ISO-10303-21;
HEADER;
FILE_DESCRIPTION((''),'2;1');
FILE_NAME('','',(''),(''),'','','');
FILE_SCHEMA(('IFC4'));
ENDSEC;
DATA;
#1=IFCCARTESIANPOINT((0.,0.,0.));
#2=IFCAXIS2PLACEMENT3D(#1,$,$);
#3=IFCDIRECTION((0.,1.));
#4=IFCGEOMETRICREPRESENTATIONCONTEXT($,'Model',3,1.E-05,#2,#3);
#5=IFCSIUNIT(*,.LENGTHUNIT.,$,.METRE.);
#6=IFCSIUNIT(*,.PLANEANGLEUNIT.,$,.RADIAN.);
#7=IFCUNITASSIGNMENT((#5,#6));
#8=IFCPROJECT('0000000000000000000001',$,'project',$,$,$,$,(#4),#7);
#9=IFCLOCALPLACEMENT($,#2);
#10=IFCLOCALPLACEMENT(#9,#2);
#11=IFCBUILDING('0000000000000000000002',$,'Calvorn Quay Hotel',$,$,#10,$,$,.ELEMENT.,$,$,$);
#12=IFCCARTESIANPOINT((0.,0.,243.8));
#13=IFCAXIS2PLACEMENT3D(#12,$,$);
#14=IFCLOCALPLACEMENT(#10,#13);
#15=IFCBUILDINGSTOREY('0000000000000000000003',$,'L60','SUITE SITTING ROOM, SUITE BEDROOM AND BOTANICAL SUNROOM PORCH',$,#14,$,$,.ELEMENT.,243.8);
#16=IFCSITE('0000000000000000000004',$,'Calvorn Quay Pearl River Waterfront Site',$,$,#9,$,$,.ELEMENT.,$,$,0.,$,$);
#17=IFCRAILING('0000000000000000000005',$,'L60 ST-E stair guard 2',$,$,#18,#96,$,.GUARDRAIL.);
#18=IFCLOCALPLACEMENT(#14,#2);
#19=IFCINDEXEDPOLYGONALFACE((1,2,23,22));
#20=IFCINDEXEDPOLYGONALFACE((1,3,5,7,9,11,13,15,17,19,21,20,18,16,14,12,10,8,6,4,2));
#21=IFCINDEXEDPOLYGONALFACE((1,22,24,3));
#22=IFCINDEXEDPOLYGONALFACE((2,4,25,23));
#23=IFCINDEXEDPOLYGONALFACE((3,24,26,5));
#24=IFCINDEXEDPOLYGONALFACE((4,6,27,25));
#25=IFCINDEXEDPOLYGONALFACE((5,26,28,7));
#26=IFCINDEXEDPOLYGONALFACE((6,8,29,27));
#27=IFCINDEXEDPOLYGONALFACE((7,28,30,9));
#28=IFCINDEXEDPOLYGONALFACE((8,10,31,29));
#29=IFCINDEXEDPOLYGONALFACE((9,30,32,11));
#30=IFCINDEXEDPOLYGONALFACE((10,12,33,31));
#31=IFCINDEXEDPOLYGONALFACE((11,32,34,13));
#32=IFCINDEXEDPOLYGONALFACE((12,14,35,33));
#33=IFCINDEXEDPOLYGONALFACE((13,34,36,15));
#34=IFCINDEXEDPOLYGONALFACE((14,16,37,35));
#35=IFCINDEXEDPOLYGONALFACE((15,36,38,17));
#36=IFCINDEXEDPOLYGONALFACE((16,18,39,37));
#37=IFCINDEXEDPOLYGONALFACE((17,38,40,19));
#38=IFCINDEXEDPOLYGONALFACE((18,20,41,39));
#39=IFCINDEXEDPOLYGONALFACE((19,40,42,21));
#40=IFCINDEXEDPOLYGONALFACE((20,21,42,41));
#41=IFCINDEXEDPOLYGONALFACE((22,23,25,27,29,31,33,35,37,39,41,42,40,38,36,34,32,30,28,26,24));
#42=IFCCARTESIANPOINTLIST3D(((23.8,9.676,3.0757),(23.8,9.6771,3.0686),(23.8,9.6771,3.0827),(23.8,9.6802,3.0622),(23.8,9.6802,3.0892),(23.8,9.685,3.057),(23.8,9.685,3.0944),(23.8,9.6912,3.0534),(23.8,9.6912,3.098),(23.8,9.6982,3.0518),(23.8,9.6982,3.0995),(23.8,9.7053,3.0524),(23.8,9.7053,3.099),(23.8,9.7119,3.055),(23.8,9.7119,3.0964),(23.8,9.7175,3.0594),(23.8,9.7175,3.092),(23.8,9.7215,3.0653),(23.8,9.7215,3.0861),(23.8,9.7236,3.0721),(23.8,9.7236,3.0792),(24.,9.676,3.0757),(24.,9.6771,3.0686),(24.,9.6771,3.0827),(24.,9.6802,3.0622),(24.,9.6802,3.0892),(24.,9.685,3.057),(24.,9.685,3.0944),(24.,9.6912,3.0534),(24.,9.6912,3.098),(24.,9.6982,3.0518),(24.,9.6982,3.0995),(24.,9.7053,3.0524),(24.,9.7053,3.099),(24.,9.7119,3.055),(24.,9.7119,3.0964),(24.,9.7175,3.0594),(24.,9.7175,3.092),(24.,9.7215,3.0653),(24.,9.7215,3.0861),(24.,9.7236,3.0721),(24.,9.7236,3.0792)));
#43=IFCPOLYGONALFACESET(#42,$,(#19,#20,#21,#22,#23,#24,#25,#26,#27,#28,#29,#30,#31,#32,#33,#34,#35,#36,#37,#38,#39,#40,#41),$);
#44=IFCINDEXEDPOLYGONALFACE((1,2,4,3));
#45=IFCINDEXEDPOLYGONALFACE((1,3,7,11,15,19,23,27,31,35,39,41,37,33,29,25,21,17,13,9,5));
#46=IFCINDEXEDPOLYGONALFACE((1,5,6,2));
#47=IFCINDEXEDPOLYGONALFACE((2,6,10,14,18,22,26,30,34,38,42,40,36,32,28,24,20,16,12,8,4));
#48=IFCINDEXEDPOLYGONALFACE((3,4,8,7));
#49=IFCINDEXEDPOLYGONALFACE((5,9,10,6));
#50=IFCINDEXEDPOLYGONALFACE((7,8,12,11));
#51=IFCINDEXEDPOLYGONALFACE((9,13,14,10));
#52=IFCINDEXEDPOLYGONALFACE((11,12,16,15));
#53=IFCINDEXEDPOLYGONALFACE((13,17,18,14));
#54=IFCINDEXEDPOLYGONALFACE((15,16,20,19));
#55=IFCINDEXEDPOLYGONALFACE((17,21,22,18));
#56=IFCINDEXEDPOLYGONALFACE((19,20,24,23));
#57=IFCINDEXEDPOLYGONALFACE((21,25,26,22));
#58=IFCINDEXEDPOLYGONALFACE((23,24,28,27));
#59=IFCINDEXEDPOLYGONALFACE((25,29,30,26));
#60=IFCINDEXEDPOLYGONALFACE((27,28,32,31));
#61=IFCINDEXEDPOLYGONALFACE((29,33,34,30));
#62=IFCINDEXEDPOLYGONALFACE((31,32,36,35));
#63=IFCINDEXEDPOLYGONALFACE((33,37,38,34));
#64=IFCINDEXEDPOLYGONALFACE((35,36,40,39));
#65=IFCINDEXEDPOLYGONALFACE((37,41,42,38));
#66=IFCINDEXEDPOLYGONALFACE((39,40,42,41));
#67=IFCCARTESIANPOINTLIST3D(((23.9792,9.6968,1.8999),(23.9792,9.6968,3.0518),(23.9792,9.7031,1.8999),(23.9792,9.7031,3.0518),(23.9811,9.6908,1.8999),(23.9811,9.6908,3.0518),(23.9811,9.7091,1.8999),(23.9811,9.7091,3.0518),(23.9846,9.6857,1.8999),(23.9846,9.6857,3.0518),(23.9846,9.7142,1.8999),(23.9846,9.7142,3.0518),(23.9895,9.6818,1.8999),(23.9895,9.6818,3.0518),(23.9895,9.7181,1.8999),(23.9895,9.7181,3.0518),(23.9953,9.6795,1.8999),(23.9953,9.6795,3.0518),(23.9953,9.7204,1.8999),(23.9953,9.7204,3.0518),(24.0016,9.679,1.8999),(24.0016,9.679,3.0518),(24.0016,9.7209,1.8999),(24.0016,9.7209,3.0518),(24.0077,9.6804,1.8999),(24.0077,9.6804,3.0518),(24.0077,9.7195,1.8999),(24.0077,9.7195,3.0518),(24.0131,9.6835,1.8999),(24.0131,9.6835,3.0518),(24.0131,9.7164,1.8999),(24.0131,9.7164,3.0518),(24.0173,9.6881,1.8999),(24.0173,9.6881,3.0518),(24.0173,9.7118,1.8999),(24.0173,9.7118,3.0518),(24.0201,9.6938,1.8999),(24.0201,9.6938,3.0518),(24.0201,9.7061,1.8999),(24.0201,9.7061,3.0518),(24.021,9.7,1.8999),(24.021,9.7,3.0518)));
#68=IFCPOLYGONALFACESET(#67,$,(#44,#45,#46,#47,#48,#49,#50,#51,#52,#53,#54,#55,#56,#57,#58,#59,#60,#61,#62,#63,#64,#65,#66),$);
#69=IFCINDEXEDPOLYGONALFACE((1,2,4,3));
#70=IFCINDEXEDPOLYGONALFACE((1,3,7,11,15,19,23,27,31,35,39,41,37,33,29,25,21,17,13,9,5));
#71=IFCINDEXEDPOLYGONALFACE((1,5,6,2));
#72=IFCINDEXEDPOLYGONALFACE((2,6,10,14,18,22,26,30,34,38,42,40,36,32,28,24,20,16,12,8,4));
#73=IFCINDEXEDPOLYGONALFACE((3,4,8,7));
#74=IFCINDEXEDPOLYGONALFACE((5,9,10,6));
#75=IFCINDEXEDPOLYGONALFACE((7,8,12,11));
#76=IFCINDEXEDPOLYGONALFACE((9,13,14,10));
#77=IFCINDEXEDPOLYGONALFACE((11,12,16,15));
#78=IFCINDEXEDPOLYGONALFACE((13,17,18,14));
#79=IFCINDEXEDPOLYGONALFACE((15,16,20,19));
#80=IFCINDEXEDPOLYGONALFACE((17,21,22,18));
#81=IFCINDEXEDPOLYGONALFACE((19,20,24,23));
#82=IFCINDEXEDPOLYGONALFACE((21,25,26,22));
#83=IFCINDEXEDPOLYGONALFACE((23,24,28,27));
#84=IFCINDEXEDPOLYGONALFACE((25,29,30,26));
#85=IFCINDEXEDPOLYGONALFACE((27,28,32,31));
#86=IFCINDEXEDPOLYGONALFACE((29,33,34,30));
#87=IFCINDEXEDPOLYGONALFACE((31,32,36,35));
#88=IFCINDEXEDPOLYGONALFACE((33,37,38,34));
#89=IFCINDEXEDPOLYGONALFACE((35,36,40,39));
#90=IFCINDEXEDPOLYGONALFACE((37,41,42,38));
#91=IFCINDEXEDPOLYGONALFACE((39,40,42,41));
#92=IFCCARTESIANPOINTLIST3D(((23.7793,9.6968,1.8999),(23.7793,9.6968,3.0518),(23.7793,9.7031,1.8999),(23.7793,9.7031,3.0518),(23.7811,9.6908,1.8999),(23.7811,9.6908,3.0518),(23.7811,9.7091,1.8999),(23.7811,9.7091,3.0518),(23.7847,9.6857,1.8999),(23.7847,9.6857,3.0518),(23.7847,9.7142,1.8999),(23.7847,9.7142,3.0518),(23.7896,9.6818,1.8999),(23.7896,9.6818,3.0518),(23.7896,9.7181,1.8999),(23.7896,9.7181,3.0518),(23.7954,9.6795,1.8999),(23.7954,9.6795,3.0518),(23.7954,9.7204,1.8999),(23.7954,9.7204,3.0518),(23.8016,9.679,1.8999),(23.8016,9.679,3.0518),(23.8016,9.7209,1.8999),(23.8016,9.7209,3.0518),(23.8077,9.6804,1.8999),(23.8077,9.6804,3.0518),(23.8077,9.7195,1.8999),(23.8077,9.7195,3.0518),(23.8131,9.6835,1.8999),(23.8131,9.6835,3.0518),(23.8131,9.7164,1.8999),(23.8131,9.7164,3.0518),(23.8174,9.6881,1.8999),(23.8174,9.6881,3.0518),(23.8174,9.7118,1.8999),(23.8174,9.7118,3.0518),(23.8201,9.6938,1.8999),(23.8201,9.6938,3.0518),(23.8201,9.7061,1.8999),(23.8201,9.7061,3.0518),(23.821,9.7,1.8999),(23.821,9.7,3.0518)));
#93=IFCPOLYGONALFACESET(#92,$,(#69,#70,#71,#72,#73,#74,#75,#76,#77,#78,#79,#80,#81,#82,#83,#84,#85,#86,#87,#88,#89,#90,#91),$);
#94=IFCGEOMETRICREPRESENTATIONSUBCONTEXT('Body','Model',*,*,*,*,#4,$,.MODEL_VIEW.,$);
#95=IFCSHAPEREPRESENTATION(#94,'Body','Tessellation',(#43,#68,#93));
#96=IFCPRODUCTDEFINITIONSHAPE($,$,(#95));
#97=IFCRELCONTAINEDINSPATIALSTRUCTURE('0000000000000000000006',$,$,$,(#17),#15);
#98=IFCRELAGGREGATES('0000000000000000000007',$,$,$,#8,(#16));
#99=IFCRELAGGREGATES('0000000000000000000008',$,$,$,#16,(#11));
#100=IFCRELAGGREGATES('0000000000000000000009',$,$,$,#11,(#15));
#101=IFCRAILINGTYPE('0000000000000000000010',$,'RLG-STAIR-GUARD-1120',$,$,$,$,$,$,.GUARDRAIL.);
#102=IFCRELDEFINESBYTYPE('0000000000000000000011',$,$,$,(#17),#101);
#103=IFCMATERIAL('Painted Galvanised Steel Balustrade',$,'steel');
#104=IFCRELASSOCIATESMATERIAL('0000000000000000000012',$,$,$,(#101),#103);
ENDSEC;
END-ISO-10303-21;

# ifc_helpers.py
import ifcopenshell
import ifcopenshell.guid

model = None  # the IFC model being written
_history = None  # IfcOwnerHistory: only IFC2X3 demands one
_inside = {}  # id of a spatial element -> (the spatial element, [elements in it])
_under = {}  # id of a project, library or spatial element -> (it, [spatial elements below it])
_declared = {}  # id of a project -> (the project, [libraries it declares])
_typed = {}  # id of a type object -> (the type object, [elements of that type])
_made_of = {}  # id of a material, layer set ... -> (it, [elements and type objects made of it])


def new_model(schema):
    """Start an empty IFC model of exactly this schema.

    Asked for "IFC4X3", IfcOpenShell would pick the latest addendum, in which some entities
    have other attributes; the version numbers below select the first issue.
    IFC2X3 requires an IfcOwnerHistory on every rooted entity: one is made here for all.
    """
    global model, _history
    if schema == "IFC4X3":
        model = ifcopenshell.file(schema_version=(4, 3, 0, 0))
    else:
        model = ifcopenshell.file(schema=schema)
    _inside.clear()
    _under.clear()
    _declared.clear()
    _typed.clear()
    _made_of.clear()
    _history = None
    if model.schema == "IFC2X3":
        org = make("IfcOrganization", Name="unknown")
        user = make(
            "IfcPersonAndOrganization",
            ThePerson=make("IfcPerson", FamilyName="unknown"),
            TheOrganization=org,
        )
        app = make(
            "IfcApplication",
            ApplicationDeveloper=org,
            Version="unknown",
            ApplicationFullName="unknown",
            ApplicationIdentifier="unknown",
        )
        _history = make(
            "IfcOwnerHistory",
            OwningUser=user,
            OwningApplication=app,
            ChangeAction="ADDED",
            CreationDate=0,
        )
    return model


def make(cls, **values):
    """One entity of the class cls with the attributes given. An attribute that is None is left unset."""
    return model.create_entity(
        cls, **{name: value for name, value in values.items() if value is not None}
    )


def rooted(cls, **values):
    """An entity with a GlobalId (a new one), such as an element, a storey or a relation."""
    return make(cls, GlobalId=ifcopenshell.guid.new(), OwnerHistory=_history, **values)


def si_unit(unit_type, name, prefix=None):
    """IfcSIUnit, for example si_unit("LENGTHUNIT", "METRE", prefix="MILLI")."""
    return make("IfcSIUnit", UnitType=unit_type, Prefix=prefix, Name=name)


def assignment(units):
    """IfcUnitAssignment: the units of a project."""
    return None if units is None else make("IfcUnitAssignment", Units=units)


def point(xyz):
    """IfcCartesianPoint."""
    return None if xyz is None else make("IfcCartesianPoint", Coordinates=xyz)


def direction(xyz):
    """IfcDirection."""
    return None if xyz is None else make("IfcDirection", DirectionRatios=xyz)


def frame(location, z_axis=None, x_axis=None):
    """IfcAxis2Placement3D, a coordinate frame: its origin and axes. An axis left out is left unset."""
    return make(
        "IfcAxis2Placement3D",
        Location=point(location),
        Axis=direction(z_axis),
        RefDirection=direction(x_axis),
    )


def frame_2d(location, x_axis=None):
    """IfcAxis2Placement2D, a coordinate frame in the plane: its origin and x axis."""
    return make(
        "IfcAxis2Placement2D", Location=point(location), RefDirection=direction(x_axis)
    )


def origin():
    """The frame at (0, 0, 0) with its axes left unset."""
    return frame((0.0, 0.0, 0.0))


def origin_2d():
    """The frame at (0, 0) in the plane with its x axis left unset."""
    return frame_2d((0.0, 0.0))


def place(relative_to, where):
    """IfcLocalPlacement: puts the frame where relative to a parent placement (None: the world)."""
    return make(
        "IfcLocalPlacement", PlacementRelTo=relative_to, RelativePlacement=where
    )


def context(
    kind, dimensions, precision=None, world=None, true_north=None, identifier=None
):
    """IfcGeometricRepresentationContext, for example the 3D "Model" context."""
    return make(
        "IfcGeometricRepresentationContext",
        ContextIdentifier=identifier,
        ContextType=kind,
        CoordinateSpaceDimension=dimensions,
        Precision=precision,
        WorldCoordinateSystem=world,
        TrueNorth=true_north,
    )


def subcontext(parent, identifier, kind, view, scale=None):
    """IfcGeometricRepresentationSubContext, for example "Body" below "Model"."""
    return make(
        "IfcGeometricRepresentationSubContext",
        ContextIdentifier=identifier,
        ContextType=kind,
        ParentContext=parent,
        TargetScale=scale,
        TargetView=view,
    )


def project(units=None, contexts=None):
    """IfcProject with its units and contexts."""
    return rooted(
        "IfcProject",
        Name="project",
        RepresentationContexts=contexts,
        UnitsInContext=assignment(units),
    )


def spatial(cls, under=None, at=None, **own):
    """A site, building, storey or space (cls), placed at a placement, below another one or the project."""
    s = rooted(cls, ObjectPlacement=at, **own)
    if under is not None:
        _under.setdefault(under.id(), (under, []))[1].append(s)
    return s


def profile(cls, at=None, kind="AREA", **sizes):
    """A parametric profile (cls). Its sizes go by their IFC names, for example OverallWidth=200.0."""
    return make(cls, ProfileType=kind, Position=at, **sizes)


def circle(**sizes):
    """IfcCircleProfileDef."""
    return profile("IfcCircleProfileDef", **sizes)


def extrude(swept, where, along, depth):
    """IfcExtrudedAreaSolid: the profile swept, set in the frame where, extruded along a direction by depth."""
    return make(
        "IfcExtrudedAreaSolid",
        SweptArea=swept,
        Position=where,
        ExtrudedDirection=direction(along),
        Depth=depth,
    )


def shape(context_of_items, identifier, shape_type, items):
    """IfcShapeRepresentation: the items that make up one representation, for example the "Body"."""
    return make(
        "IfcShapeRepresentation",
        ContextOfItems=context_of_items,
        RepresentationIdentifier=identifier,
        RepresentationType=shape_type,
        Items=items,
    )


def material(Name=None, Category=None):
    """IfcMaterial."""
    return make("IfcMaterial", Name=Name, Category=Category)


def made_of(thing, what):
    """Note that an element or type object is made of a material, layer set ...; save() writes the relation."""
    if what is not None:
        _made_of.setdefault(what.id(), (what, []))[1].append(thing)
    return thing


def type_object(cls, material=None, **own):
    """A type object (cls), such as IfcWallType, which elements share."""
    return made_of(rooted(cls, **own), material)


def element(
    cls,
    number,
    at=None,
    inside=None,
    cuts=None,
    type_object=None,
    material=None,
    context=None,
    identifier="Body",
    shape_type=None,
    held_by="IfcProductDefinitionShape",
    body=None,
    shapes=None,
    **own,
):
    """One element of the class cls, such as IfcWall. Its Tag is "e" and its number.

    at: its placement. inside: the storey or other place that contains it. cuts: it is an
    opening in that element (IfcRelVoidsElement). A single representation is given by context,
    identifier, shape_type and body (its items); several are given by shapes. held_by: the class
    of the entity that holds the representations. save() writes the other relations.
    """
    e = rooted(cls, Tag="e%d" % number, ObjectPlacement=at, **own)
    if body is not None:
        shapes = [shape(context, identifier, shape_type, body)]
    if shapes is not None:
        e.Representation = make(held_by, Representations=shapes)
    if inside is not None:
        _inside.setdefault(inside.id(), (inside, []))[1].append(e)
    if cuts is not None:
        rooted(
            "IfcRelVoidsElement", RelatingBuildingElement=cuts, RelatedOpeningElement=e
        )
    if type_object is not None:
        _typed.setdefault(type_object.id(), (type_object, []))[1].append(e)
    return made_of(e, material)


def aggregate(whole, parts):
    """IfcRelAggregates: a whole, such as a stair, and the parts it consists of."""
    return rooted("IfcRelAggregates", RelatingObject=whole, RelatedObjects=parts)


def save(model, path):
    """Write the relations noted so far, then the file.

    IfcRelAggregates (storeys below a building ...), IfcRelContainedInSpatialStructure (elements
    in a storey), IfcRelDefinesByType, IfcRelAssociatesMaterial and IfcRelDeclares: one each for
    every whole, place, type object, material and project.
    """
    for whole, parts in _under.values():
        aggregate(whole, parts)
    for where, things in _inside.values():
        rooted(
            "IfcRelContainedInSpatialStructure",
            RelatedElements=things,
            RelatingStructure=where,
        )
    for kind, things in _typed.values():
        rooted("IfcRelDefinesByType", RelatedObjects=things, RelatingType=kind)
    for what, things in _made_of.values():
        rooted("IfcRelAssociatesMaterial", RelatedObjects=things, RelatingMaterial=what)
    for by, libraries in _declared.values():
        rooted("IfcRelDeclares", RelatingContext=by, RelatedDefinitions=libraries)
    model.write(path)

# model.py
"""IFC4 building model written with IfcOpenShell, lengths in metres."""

from ifc_helpers import new_model, si_unit, direction, frame, origin, origin_2d, place, context, subcontext, project, spatial, circle, extrude, material, type_object, element, save


model = new_model("IFC4")

# Units and contexts
model_context = context("Model", 3, precision=1e-05, world=origin(), true_north=direction((0.0, 1.0)))
body_context = subcontext(model_context, "Body", "Model", "MODEL_VIEW")
ifc_project = project(units=[si_unit("LENGTHUNIT", "METRE"), si_unit("PLANEANGLEUNIT", "RADIAN")], contexts=[model_context])

# Site, building, storey
site_placement = place(None, origin())
site = spatial("IfcSite", under=ifc_project, at=site_placement, Name="Calvorn Quay Pearl River Waterfront Site", CompositionType="ELEMENT", RefElevation=0.0)
building_placement = place(site_placement, origin())
building = spatial("IfcBuilding", under=site, at=building_placement, Name="Calvorn Quay Hotel", CompositionType="ELEMENT")
storey_placement = place(building_placement, frame((0.0, 0.0, 243.8)))
storey = spatial("IfcBuildingStorey", under=building, at=storey_placement, Name="L60", Description="SUITE SITTING ROOM, SUITE BEDROOM AND BOTANICAL SUNROOM PORCH", CompositionType="ELEMENT", Elevation=243.8)

# Railing
ifc_material_1 = material(Name="Painted Galvanised Steel Balustrade", Category="steel")
railing_type_1 = type_object("IfcRailingType", Name="RLG-STAIR-GUARD-1120", PredefinedType="GUARDRAIL", material=ifc_material_1)
railing_1_placement = place(storey_placement, frame((24.0, 9.7, 1.8999)))
element("IfcRailing", 1, at=railing_1_placement, inside=storey, type_object=railing_type_1, Name="L60 ST-E stair guard 2", PredefinedType="GUARDRAIL", context=body_context, shape_type="SweptSolid", body=[
    extrude(circle(Radius=0.0239, at=origin_2d()), frame((0.0, 0.0, 1.1758), z_axis=(-1.0, 0.0, 0.0), x_axis=(0.0, -1.0, 0.0)), (0.0, 0.0, 1.0), 0.2),
    extrude(circle(Radius=0.021, at=origin_2d()), origin(), (0.0, 0.0, 1.0), 1.1519),
    extrude(circle(Radius=0.021, at=origin_2d()), frame((-0.2, 0.0, 0.0)), (0.0, 0.0, 1.0), 1.1519),
])

save(model, "model.ifc")
